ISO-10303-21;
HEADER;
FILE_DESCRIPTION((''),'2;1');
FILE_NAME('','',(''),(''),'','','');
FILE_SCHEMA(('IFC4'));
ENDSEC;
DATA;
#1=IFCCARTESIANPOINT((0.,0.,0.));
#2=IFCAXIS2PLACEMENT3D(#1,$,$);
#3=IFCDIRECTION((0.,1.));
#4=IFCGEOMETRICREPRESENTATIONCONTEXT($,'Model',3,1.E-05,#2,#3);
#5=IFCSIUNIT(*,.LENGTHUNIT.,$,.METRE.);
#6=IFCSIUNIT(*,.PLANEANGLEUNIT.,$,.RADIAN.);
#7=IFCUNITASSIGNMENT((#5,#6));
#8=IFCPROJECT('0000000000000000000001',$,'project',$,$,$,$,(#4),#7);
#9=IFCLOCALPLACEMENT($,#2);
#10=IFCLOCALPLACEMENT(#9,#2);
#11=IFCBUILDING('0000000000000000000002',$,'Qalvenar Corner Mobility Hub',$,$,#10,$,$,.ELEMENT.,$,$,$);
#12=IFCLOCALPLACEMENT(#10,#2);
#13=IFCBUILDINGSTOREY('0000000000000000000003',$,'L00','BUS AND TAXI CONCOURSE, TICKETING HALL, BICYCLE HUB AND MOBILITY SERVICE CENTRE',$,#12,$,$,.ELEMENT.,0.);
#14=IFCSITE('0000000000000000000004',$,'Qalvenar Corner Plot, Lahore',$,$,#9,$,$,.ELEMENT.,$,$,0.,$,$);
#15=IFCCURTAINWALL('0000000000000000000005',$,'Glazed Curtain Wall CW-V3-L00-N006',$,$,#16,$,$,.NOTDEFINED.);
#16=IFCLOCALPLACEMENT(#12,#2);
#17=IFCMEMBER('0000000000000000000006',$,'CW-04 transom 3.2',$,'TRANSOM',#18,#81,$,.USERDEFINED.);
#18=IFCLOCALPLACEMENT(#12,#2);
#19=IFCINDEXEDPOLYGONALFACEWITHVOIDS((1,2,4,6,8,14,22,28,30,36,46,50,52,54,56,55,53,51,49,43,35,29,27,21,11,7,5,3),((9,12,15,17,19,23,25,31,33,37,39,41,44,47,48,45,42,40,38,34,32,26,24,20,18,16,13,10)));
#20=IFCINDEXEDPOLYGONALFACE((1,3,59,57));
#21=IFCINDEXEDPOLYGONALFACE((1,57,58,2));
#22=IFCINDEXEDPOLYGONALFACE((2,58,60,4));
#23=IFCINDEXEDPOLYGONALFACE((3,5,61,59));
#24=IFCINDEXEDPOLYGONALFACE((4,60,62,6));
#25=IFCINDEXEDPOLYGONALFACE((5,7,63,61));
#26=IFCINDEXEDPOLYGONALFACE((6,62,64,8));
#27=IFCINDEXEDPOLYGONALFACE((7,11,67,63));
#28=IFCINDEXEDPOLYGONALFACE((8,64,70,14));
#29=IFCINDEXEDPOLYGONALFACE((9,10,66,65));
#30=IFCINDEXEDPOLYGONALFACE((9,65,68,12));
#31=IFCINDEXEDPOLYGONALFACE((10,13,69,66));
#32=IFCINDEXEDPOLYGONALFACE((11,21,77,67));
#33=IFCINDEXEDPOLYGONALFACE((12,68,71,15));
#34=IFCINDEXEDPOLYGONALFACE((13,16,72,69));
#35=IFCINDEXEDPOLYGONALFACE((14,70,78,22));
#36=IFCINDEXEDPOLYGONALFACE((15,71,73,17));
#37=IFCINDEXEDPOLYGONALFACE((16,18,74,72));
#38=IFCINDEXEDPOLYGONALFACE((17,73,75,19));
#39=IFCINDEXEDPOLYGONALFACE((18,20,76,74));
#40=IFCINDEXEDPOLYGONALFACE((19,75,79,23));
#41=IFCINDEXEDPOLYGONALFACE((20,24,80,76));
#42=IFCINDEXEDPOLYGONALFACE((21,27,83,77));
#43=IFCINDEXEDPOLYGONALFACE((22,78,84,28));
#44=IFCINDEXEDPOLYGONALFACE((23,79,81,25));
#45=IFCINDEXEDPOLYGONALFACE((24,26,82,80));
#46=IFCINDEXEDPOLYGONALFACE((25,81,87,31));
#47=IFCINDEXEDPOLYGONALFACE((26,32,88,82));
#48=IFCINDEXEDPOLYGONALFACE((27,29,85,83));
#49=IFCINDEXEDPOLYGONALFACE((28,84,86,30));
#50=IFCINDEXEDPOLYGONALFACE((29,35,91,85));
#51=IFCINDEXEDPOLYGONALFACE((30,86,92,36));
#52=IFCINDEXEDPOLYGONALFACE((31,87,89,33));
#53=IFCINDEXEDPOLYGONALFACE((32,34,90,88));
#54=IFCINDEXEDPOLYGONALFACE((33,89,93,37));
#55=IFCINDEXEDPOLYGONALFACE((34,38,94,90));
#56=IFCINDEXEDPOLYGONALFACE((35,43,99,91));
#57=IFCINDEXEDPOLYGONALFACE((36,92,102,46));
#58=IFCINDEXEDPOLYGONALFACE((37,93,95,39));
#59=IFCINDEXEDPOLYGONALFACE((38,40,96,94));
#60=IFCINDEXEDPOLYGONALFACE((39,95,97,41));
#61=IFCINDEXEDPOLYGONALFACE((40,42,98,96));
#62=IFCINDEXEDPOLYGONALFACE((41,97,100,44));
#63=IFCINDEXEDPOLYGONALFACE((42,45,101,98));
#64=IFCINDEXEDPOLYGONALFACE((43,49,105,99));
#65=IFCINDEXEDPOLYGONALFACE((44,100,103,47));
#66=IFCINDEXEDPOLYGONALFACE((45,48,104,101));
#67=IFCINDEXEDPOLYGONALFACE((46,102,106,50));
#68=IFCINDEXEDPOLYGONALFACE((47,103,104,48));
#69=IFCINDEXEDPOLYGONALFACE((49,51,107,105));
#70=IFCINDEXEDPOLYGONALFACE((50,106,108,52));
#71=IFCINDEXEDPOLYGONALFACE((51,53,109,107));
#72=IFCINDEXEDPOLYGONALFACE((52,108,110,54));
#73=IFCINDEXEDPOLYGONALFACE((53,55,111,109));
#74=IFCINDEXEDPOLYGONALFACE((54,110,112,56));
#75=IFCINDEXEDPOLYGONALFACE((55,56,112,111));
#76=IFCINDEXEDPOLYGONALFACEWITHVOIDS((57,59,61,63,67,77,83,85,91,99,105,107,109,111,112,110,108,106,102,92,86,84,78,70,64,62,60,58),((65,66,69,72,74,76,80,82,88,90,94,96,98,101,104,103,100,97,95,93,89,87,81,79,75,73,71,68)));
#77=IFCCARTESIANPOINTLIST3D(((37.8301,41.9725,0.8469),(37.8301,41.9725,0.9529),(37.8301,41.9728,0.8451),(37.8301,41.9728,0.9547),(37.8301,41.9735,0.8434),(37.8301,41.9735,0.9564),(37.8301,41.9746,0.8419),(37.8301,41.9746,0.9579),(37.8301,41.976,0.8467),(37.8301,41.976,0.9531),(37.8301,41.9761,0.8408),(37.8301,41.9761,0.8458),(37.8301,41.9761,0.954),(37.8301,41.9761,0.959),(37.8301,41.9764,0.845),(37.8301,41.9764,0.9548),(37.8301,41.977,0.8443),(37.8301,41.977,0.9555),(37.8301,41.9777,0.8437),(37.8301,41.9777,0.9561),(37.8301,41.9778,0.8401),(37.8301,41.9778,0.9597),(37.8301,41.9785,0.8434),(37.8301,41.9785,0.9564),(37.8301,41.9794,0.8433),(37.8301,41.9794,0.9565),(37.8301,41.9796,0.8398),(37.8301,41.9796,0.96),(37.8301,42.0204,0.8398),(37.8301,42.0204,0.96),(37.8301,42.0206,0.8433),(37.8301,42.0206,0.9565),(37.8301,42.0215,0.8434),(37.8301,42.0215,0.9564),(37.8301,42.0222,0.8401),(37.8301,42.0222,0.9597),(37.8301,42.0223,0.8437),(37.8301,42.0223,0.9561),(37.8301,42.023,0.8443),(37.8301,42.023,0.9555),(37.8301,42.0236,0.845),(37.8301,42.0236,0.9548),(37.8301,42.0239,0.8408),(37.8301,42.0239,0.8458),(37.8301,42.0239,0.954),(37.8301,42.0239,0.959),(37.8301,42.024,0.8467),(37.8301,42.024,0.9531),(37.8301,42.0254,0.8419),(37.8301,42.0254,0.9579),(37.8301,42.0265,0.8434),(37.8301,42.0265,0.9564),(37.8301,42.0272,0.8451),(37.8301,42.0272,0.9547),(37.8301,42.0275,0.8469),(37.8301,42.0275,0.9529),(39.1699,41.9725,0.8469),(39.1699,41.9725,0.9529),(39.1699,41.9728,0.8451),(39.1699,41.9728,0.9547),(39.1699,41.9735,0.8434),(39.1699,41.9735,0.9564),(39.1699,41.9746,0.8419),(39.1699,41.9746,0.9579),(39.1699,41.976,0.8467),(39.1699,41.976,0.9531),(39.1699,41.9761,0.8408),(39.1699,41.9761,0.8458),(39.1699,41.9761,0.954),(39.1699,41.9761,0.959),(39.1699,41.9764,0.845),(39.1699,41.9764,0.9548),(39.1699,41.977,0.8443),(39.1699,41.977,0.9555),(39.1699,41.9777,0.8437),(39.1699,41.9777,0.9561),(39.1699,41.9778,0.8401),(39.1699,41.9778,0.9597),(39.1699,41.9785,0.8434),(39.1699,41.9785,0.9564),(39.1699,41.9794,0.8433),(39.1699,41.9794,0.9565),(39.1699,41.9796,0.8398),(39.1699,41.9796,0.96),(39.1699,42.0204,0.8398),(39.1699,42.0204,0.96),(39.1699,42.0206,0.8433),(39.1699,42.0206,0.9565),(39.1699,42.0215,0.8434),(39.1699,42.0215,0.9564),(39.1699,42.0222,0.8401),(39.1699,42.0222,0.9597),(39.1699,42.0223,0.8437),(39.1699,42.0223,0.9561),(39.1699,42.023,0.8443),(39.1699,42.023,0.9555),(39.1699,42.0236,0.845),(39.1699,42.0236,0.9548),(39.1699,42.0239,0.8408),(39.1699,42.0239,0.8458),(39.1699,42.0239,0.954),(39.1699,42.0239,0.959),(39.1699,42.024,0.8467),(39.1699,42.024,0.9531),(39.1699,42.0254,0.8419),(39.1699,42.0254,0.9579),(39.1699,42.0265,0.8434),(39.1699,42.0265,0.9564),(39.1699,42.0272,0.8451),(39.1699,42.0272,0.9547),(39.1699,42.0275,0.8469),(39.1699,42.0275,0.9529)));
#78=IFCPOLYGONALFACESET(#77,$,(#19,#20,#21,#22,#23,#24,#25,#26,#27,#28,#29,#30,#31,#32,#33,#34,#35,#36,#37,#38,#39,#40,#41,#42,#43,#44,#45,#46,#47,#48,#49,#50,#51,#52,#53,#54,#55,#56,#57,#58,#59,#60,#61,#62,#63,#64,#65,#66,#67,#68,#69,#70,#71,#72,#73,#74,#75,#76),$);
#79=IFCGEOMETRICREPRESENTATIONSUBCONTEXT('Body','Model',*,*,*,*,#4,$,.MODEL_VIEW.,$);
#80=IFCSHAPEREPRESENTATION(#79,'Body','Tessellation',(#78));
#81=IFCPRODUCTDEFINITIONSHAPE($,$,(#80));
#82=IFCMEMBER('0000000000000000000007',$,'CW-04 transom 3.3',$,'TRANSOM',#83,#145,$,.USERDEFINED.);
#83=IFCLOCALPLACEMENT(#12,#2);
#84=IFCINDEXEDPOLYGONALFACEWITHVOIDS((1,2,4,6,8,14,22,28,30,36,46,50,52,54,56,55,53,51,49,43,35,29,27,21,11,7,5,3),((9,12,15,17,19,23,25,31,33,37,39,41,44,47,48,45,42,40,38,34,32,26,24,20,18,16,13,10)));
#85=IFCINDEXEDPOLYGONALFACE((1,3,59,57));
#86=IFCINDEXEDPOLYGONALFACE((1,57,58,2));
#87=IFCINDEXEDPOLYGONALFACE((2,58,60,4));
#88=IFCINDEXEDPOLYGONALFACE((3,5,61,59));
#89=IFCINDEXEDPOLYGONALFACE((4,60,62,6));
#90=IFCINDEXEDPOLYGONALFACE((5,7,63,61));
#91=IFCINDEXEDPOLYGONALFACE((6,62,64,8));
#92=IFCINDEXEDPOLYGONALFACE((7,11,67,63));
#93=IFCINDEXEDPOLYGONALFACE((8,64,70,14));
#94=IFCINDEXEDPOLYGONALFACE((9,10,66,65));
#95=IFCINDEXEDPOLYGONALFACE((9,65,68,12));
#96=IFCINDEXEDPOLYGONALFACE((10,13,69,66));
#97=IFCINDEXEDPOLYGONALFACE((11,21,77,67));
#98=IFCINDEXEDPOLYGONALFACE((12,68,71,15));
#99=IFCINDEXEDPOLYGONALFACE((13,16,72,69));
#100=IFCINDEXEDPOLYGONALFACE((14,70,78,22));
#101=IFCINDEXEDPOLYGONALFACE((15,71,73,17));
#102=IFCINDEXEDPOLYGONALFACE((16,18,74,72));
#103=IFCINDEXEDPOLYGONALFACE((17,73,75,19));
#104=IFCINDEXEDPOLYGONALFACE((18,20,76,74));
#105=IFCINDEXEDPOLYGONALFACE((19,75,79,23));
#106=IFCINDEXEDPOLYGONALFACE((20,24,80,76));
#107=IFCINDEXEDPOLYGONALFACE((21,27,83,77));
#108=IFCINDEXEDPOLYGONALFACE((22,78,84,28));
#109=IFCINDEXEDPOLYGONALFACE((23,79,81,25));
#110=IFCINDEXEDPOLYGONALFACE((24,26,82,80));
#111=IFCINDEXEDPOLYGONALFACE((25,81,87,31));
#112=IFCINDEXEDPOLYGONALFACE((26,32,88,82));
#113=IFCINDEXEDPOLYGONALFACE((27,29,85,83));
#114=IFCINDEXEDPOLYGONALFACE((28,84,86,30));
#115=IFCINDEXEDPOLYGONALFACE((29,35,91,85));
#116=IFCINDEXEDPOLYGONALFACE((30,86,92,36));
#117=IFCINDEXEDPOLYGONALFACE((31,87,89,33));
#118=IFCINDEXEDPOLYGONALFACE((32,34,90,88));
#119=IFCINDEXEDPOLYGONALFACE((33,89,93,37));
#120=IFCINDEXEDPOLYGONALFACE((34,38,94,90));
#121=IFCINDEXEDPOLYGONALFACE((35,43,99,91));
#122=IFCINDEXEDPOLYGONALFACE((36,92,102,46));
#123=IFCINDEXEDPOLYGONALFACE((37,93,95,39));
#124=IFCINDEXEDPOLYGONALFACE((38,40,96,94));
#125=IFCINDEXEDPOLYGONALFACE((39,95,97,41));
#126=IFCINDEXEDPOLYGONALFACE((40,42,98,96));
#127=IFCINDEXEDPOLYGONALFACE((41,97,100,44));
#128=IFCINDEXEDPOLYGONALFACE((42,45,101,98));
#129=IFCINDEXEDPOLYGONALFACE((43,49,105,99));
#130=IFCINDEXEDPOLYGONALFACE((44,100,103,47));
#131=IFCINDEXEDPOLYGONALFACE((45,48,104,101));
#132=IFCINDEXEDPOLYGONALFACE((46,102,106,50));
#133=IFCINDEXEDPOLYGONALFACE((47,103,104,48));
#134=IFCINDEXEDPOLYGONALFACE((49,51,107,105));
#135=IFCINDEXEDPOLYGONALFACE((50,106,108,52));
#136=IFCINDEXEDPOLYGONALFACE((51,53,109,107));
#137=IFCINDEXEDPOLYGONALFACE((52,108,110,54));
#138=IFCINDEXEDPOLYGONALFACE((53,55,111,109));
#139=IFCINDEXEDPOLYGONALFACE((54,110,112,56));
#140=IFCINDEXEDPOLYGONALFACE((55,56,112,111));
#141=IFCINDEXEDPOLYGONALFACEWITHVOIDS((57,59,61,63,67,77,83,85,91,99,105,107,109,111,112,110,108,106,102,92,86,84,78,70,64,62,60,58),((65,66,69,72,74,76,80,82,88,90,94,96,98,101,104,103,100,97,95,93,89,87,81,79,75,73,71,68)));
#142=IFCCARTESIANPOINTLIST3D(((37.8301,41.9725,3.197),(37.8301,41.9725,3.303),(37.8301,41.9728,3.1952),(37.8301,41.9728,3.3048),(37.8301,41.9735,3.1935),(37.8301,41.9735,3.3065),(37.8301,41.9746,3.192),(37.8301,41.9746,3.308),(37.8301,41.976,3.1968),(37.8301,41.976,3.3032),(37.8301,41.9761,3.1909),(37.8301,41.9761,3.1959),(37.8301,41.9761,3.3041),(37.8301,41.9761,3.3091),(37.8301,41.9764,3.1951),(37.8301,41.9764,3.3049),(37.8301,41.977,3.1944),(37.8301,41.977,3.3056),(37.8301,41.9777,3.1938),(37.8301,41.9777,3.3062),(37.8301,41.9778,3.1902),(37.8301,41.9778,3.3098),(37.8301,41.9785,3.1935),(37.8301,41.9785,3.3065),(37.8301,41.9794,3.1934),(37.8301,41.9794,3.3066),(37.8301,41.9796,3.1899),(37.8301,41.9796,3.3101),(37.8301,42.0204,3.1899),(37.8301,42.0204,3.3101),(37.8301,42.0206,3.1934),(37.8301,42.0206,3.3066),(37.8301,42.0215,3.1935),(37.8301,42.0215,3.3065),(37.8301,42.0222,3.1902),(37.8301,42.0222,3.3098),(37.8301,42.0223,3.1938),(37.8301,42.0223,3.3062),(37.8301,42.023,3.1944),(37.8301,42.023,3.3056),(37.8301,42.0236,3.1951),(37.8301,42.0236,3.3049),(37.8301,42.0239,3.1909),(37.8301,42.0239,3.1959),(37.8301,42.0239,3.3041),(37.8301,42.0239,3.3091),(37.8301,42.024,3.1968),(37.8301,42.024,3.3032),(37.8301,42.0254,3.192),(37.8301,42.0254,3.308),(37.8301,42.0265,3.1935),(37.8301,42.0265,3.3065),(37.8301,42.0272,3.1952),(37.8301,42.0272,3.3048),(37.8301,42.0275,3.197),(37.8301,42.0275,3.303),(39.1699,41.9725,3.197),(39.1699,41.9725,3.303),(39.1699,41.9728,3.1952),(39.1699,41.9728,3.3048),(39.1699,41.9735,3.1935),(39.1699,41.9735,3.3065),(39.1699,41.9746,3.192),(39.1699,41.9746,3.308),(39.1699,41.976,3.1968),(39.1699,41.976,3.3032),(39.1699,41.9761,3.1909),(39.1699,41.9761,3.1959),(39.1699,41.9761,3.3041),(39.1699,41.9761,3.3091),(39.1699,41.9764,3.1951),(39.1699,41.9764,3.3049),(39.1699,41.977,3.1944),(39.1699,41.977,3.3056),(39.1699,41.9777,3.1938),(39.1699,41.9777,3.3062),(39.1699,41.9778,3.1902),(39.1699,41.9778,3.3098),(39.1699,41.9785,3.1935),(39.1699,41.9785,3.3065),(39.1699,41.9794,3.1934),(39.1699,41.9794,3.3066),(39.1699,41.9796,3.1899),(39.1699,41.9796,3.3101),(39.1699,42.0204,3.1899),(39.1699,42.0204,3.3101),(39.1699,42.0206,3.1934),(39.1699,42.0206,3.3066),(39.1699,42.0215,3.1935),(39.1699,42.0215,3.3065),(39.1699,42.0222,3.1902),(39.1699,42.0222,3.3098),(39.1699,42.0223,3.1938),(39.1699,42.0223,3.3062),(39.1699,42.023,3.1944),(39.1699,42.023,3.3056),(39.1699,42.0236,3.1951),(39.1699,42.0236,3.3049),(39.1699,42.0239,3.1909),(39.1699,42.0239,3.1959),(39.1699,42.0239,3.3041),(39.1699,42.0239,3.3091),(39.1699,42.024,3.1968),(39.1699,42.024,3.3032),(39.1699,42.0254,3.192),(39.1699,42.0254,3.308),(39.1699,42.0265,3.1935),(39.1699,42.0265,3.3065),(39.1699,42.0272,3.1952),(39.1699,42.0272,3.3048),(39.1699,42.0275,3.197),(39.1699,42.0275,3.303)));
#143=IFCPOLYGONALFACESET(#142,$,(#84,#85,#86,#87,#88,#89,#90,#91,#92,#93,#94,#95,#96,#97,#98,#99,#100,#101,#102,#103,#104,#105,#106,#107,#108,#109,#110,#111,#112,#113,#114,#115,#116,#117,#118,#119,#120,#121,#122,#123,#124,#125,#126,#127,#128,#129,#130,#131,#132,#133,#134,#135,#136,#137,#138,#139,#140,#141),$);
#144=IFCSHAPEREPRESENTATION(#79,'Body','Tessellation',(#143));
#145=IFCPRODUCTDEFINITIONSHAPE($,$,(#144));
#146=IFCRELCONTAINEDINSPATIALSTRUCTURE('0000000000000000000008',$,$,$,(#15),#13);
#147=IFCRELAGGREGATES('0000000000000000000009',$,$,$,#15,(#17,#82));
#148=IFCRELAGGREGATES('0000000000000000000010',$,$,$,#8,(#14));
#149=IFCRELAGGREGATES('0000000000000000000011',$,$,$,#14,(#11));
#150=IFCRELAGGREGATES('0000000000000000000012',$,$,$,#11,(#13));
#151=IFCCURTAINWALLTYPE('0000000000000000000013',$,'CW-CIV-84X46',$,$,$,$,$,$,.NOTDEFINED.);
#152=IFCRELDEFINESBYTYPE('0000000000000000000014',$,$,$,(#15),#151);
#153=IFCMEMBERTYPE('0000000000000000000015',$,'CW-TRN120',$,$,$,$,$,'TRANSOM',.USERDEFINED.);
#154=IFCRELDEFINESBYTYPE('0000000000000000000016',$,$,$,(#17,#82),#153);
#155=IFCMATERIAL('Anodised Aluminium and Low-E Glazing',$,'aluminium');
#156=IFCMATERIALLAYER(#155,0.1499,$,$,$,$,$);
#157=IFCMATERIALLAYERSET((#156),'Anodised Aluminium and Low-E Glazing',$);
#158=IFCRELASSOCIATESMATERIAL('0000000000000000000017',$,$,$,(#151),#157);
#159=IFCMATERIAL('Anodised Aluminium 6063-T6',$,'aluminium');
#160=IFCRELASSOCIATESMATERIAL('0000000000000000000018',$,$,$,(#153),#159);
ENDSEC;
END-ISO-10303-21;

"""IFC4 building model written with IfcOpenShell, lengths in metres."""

from ifc_helpers import new_model, si_unit, direction, frame, origin, origin_2d, place, context, subcontext, project, spatial, hollow_rectangle, extrude, material, layer, layer_set, material_profile, profile_set, type_object, element, aggregate, save


model = new_model("IFC4")

# Units and contexts
model_context = context("Model", 3, precision=1e-05, world=origin(), true_north=direction((0.0, 1.0)))
body_context = subcontext(model_context, "Body", "Model", "MODEL_VIEW")
ifc_project = project(units=[si_unit("LENGTHUNIT", "METRE"), si_unit("PLANEANGLEUNIT", "RADIAN")], contexts=[model_context])

# Site, building, storey
site_placement = place(None, origin())
site = spatial("IfcSite", under=ifc_project, at=site_placement, Name="Qalvenar Corner Plot, Lahore", CompositionType="ELEMENT", RefElevation=0.0)
building_placement = place(site_placement, origin())
building = spatial("IfcBuilding", under=site, at=building_placement, Name="Qalvenar Corner Mobility Hub", CompositionType="ELEMENT")
storey_placement = place(building_placement, origin())
storey = spatial("IfcBuildingStorey", under=building, at=storey_placement, Name="L00", Description="BUS AND TAXI CONCOURSE, TICKETING HALL, BICYCLE HUB AND MOBILITY SERVICE CENTRE", CompositionType="ELEMENT", Elevation=0.0)

# Curtain wall, members
ifc_material_1 = material(Name="Anodised Aluminium and Low-E Glazing", Category="aluminium")
ifc_layer_1 = layer(ifc_material_1, 0.1499)
ifc_layer_set_1 = layer_set([ifc_layer_1], Name="Anodised Aluminium and Low-E Glazing")
curtain_wall_type = type_object("IfcCurtainWallType", Name="CW-CIV-84X46", PredefinedType="NOTDEFINED", material=ifc_layer_set_1)
curtain_wall_placement = place(storey_placement, origin())
curtain_wall = element("IfcCurtainWall", 1, at=curtain_wall_placement, inside=storey, type_object=curtain_wall_type, Name="Glazed Curtain Wall CW-V3-L00-N006", PredefinedType="NOTDEFINED")
ifc_material_2 = material(Name="Anodised Aluminium 6063-T6", Category="aluminium")
ifc_material_profile_1 = material_profile(ifc_material_2, hollow_rectangle(XDim=0.0549, YDim=0.1201, WallThickness=0.0034, InnerFilletRadius=0.0034, OuterFilletRadius=0.0071, at=origin_2d()), Name="RHS120x55x3.5")
ifc_profile_set_1 = profile_set([ifc_material_profile_1], Name="Anodised Aluminium 6063-T6")
member_type_1 = type_object("IfcMemberType", Name="CW-TRN120", ElementType="TRANSOM", PredefinedType="USERDEFINED", material=ifc_profile_set_1)
member_1_placement = place(storey_placement, frame((39.1699, 42.0, 0.8999), z_axis=(-1.0, 0.0, 0.0), x_axis=(0.0, -1.0, 0.0)))
member_1 = element("IfcMember", 2, at=member_1_placement, type_object=member_type_1, Name="CW-04 transom 3.2", ObjectType="TRANSOM", PredefinedType="USERDEFINED", context=body_context, shape_type="SweptSolid", body=[
    extrude(hollow_rectangle(XDim=0.0549, YDim=0.1201, WallThickness=0.0034, InnerFilletRadius=0.0034, OuterFilletRadius=0.0071, at=origin_2d()), origin(), (0.0, 0.0, 1.0), 1.3398),
])
member_2_placement = place(storey_placement, frame((39.1699, 42.0, 3.25), z_axis=(-1.0, 0.0, 0.0), x_axis=(0.0, -1.0, 0.0)))
member_2 = element("IfcMember", 3, at=member_2_placement, type_object=member_type_1, Name="CW-04 transom 3.3", ObjectType="TRANSOM", PredefinedType="USERDEFINED", context=body_context, shape_type="SweptSolid", body=[
    extrude(hollow_rectangle(XDim=0.0549, YDim=0.1201, WallThickness=0.0034, InnerFilletRadius=0.0034, OuterFilletRadius=0.0071, at=origin_2d()), origin(), (0.0, 0.0, 1.0), 1.3398),
])
aggregate(curtain_wall, [member_1, member_2])

save(model, "model.ifc")
